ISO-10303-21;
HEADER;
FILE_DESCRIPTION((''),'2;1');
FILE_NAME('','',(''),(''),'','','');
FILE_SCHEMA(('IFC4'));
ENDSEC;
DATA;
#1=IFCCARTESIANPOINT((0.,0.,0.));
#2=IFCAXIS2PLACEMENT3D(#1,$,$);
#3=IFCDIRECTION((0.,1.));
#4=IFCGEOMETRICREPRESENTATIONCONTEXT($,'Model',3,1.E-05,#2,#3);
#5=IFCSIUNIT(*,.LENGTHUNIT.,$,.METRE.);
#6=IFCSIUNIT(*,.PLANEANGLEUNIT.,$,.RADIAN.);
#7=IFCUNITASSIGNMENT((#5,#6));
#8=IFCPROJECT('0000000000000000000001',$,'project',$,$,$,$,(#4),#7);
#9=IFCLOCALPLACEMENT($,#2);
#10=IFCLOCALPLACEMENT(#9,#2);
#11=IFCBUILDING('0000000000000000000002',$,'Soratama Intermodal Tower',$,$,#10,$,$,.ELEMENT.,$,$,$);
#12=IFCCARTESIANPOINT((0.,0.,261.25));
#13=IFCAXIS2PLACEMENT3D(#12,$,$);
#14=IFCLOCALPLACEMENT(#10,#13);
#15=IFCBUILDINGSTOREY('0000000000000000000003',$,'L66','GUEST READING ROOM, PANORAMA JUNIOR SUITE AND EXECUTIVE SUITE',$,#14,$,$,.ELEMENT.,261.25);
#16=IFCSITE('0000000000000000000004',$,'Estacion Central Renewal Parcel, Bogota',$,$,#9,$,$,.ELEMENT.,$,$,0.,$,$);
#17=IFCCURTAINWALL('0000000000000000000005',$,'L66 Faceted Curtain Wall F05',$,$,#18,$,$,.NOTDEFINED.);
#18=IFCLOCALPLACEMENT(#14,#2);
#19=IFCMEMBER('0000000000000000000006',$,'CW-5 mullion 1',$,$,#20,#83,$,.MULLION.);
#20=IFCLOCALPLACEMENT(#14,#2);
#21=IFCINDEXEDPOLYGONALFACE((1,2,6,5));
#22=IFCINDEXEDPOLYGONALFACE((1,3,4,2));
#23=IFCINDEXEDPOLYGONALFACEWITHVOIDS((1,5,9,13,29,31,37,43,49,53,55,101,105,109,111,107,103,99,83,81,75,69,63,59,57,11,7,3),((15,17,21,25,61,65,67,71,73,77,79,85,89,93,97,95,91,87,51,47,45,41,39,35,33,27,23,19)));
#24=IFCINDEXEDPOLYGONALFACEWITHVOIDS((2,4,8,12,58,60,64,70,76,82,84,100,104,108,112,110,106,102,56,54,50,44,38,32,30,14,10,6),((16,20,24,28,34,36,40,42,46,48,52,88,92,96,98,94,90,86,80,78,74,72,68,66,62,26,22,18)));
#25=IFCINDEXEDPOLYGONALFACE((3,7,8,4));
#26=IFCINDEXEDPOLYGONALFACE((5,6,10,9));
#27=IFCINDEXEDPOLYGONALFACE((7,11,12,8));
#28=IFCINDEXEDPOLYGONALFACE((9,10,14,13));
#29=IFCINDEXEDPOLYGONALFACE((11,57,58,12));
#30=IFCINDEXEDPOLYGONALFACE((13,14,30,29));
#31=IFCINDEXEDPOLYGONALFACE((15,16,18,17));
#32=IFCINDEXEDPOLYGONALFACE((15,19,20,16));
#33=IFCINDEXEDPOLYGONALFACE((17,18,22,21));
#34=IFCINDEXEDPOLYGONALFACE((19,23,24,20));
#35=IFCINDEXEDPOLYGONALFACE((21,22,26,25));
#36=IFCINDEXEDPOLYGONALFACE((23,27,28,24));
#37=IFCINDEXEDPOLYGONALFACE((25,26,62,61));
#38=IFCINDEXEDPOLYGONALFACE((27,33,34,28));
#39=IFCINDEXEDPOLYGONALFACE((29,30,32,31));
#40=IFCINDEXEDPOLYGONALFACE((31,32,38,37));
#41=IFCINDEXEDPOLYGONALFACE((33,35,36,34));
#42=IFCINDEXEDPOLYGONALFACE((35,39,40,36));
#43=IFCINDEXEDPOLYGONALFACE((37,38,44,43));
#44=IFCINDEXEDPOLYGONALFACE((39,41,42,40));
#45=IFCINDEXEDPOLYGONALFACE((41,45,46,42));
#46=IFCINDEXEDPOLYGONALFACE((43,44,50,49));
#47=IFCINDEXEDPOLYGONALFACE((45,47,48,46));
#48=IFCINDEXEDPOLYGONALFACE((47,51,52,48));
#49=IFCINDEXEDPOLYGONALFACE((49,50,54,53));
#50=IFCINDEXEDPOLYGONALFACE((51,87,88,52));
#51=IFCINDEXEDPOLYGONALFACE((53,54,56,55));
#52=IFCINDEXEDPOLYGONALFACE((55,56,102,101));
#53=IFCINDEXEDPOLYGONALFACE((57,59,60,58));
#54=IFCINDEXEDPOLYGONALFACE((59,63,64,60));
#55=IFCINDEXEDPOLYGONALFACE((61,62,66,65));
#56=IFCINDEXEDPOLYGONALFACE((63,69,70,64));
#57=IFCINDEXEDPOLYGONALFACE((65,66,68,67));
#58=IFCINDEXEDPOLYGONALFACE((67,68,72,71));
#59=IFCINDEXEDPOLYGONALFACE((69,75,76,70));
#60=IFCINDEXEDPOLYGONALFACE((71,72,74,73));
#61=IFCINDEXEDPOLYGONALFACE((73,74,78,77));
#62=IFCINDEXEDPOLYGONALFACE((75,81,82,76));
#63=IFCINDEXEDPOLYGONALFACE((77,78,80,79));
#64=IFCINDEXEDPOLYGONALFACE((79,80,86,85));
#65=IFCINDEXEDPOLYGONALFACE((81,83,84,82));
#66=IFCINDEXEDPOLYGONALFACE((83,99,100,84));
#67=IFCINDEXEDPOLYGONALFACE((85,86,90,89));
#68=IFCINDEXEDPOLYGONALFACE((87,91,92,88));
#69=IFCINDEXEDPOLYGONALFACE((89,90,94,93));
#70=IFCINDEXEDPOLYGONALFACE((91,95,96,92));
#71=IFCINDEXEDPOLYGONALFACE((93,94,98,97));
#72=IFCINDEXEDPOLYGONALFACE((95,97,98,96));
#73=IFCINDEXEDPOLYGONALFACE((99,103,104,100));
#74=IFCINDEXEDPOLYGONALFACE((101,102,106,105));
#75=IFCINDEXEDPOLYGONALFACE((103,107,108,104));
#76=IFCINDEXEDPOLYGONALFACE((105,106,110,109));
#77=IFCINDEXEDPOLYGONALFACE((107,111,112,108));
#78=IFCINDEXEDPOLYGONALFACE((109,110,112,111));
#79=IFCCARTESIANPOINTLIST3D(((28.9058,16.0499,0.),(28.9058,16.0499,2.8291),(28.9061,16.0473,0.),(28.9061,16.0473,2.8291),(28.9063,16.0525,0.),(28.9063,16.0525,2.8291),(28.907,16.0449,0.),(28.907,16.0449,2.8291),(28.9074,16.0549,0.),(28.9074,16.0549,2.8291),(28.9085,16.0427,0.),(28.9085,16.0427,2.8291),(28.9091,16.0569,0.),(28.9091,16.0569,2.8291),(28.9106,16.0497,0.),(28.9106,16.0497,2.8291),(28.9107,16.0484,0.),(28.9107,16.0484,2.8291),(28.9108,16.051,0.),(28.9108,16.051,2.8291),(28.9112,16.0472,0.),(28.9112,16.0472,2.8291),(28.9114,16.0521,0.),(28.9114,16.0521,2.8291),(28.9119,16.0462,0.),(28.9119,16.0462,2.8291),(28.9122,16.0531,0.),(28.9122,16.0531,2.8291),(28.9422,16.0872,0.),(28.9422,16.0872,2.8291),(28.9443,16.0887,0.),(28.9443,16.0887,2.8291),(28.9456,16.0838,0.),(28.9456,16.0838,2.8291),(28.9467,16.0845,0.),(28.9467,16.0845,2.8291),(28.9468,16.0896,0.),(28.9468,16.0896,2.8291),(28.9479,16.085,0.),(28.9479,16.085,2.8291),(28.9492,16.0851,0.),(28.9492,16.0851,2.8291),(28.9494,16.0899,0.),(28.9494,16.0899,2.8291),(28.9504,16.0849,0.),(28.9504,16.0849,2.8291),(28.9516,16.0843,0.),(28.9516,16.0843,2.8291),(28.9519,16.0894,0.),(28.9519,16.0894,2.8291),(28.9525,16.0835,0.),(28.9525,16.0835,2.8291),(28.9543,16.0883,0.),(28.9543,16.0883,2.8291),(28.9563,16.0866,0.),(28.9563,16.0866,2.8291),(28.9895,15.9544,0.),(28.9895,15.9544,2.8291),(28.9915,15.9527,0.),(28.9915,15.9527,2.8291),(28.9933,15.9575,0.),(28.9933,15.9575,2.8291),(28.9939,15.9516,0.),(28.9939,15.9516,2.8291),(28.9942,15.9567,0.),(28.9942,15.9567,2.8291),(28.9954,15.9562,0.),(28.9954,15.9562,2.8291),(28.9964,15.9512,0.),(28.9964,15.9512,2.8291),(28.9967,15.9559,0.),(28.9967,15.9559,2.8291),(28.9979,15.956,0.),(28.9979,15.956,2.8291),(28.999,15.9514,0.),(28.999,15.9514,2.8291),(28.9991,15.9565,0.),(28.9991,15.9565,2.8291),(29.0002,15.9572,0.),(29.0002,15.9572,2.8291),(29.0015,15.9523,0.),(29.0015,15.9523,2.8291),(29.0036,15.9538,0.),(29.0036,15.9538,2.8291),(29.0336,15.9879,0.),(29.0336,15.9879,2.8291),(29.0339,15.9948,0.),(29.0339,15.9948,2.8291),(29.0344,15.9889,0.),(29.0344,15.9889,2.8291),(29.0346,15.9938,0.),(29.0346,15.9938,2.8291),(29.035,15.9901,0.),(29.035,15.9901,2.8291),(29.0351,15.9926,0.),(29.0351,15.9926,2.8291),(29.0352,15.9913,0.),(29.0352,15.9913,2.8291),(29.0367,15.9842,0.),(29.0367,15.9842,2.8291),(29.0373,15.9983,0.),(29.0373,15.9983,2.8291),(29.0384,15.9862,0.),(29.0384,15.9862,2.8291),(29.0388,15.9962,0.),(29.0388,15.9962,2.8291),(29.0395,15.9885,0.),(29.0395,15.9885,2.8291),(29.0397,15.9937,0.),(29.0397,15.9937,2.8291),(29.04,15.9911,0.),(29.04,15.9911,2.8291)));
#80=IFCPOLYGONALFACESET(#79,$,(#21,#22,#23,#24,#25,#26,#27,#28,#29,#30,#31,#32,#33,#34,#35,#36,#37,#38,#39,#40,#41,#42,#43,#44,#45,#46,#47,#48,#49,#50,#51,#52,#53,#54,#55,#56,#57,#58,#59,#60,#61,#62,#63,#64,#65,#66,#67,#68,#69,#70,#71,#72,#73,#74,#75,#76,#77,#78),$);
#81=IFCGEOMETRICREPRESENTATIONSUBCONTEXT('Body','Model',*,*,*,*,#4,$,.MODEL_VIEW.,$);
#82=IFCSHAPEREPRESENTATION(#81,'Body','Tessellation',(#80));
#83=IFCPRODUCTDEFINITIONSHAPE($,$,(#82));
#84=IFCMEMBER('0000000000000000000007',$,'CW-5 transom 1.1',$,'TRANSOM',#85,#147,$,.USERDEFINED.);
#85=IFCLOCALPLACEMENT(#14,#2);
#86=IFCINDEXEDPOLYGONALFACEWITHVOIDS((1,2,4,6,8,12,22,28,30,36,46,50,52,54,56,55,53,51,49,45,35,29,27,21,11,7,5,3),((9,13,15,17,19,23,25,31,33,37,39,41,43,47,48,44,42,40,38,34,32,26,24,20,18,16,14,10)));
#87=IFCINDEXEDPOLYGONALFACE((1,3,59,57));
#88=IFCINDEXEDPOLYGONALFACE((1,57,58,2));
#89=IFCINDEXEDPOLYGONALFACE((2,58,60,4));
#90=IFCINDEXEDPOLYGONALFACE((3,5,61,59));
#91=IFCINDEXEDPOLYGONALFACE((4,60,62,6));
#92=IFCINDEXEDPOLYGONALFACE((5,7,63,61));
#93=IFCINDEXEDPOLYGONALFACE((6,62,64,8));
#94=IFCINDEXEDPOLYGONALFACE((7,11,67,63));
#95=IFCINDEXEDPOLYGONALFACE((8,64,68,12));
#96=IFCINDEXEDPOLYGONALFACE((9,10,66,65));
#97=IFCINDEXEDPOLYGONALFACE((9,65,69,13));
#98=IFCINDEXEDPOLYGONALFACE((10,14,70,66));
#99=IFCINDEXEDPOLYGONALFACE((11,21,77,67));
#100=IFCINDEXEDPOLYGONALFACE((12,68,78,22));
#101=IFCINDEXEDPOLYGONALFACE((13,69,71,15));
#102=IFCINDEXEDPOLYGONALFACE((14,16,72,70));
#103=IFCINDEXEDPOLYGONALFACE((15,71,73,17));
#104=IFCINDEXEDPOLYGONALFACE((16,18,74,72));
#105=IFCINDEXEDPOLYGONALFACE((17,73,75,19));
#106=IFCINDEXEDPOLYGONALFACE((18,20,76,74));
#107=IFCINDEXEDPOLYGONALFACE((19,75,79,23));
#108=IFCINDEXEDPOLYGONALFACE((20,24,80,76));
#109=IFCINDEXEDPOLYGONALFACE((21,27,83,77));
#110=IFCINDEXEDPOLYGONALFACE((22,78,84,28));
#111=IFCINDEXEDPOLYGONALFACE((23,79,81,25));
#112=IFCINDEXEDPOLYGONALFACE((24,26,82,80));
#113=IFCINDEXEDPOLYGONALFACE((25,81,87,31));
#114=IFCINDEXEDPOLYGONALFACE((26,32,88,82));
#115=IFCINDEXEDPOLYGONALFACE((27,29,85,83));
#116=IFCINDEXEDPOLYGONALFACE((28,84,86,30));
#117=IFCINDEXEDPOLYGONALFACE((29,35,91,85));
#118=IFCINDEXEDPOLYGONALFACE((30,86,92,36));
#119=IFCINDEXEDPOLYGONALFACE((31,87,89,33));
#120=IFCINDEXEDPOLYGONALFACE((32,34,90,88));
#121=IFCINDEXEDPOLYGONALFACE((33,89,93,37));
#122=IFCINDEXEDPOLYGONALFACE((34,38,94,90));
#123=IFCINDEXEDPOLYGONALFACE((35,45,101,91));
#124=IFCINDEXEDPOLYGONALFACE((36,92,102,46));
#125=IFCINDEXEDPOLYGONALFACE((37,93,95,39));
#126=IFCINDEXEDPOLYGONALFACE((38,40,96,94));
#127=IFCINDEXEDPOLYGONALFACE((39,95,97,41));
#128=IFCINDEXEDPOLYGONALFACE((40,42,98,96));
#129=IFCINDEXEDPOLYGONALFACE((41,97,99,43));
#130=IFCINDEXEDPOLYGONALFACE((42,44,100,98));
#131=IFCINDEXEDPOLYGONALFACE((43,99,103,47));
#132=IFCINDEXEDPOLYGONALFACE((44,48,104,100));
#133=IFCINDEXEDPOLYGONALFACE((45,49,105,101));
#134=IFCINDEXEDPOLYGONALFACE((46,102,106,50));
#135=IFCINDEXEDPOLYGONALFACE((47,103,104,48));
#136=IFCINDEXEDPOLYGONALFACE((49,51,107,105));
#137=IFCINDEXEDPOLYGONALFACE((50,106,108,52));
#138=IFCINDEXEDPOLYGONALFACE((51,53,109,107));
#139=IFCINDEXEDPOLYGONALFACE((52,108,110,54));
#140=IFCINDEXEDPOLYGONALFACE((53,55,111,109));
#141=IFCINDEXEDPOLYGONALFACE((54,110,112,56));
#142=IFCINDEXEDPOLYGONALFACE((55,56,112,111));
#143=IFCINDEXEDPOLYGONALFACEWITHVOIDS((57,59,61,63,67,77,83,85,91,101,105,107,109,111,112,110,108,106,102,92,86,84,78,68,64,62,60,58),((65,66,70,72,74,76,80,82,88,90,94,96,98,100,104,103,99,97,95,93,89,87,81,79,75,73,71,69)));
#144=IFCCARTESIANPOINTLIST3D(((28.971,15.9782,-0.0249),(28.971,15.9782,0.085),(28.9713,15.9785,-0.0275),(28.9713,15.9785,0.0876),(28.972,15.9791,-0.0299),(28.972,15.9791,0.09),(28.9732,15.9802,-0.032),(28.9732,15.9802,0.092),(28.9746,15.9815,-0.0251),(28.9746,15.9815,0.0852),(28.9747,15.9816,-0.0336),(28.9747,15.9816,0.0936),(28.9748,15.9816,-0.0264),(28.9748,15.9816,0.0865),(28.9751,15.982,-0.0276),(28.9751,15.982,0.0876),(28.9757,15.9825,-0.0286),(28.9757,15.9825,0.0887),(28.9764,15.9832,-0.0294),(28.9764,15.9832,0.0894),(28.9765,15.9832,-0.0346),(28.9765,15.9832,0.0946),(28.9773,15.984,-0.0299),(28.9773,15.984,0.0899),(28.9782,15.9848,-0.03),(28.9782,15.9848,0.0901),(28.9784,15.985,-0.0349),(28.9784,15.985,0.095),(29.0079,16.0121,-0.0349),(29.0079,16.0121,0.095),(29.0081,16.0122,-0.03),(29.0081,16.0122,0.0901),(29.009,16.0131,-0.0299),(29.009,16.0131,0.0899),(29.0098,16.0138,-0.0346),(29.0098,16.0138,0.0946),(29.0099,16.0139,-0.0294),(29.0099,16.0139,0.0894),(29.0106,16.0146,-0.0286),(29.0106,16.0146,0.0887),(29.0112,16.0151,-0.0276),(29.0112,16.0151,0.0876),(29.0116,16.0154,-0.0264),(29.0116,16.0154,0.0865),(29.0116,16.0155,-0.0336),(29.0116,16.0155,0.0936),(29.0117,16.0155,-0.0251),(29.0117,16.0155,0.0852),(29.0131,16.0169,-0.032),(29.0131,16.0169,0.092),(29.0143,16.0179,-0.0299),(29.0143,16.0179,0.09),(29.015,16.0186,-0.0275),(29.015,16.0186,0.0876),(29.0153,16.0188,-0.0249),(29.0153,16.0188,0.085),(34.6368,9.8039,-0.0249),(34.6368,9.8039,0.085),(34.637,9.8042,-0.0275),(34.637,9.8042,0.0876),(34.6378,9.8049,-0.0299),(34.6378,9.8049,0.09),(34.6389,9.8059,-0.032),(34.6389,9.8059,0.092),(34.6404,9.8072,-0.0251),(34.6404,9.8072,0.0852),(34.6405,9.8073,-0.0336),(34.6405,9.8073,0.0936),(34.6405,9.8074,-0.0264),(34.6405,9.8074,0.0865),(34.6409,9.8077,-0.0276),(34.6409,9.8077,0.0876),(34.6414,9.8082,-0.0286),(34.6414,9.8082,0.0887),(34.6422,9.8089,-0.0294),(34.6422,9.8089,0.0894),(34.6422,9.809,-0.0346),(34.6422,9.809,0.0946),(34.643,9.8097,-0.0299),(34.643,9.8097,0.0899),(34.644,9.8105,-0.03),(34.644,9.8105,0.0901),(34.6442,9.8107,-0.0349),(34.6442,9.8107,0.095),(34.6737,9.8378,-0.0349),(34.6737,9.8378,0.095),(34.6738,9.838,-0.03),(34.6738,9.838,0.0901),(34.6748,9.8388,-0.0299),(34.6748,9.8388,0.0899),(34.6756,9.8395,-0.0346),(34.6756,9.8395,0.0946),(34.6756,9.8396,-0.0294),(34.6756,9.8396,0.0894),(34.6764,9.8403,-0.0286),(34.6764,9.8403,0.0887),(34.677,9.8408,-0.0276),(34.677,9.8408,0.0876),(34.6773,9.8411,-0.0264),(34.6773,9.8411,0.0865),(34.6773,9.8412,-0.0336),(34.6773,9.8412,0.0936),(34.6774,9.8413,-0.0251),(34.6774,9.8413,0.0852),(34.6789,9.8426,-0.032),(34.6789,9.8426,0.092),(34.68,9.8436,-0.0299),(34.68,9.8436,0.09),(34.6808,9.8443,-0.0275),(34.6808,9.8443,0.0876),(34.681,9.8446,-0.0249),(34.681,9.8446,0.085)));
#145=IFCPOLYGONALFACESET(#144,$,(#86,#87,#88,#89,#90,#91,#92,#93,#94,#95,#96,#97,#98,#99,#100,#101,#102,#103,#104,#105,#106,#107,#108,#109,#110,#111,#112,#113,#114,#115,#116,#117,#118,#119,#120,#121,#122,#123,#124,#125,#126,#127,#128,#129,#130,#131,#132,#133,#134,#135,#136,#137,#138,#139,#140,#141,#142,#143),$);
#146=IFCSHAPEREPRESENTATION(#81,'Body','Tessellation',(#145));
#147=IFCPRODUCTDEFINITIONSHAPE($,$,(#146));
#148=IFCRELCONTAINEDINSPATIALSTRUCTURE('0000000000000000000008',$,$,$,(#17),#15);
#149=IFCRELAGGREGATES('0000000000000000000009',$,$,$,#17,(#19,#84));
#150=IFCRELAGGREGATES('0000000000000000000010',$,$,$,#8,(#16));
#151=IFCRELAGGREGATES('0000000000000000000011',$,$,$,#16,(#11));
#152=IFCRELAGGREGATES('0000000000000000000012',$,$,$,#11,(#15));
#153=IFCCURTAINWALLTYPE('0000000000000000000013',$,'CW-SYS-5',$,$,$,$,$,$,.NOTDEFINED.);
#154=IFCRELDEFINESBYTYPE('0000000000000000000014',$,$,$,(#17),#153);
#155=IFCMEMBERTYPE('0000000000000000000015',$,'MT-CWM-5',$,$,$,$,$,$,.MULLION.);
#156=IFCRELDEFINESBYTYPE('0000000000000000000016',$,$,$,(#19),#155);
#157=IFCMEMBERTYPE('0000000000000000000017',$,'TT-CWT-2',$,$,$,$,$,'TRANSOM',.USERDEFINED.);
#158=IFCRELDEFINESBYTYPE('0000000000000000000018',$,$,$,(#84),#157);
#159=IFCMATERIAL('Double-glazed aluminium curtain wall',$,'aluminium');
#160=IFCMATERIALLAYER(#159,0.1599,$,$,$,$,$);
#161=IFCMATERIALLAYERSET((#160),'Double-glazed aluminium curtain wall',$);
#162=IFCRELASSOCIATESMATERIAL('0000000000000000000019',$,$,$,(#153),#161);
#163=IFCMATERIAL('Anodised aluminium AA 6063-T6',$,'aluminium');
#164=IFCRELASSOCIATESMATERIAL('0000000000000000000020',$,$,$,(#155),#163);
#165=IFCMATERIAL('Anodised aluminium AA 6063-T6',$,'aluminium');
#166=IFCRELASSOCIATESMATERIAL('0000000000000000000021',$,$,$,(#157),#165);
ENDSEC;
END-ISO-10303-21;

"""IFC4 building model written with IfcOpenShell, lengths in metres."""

from ifc_helpers import new_model, si_unit, direction, frame, origin, origin_2d, place, context, subcontext, project, spatial, hollow_rectangle, extrude, material, layer, layer_set, material_profile, profile_set, type_object, element, aggregate, save


model = new_model("IFC4")

# Units and contexts
model_context = context("Model", 3, precision=1e-05, world=origin(), true_north=direction((0.0, 1.0)))
body_context = subcontext(model_context, "Body", "Model", "MODEL_VIEW")
ifc_project = project(units=[si_unit("LENGTHUNIT", "METRE"), si_unit("PLANEANGLEUNIT", "RADIAN")], contexts=[model_context])

# Site, building, storey
site_placement = place(None, origin())
site = spatial("IfcSite", under=ifc_project, at=site_placement, Name="Estacion Central Renewal Parcel, Bogota", CompositionType="ELEMENT", RefElevation=0.0)
building_placement = place(site_placement, origin())
building = spatial("IfcBuilding", under=site, at=building_placement, Name="Soratama Intermodal Tower", CompositionType="ELEMENT")
storey_placement = place(building_placement, frame((0.0, 0.0, 261.25)))
storey = spatial("IfcBuildingStorey", under=building, at=storey_placement, Name="L66", Description="GUEST READING ROOM, PANORAMA JUNIOR SUITE AND EXECUTIVE SUITE", CompositionType="ELEMENT", Elevation=261.25)

# Curtain wall, members
ifc_material_1 = material(Name="Double-glazed aluminium curtain wall", Category="aluminium")
ifc_layer_1 = layer(ifc_material_1, 0.1599)
ifc_layer_set_1 = layer_set([ifc_layer_1], Name="Double-glazed aluminium curtain wall")
curtain_wall_type = type_object("IfcCurtainWallType", Name="CW-SYS-5", PredefinedType="NOTDEFINED", material=ifc_layer_set_1)
curtain_wall_placement = place(storey_placement, origin())
curtain_wall = element("IfcCurtainWall", 1, at=curtain_wall_placement, inside=storey, type_object=curtain_wall_type, Name="L66 Faceted Curtain Wall F05", PredefinedType="NOTDEFINED")
ifc_material_2 = material(Name="Anodised aluminium AA 6063-T6", Category="aluminium")
ifc_material_profile_1 = material_profile(ifc_material_2, hollow_rectangle(XDim=0.0649, YDim=0.1399, WallThickness=0.0049, InnerFilletRadius=0.0049, OuterFilletRadius=0.01, at=origin_2d()), Name="CWM140X65X5")
ifc_profile_set_1 = profile_set([ifc_material_profile_1], Name="Anodised aluminium AA 6063-T6")
member_type_1 = type_object("IfcMemberType", Name="MT-CWM-5", PredefinedType="MULLION", material=ifc_profile_set_1)
member_1_placement = place(storey_placement, frame((28.9729, 16.0205, 0.0), z_axis=(0.0, 0.0, 1.0), x_axis=(0.736803, 0.676108, 0.0)))
member_1 = element("IfcMember", 2, at=member_1_placement, type_object=member_type_1, Name="CW-5 mullion 1", PredefinedType="MULLION", context=body_context, shape_type="SweptSolid", body=[
    extrude(hollow_rectangle(XDim=0.0649, YDim=0.1399, WallThickness=0.0049, InnerFilletRadius=0.0049, OuterFilletRadius=0.01, at=origin_2d()), origin(), (0.0, 0.0, 1.0), 2.8291),
])
ifc_material_3 = material(Name="Anodised aluminium AA 6063-T6", Category="aluminium")
ifc_material_profile_2 = material_profile(ifc_material_3, hollow_rectangle(XDim=0.0601, YDim=0.1299, WallThickness=0.0049, InnerFilletRadius=0.0049, OuterFilletRadius=0.01, at=origin_2d()), Name="CWT130X60X5")
ifc_profile_set_2 = profile_set([ifc_material_profile_2], Name="Anodised aluminium AA 6063-T6")
member_type_2 = type_object("IfcMemberType", Name="TT-CWT-2", ElementType="TRANSOM", PredefinedType="USERDEFINED", material=ifc_profile_set_2)
member_2_placement = place(storey_placement, frame((28.9932, 15.9985, 0.03), z_axis=(0.676112, -0.736798, 0.0), x_axis=(0.736798, 0.676112, 0.0)))
member_2 = element("IfcMember", 3, at=member_2_placement, type_object=member_type_2, Name="CW-5 transom 1.1", ObjectType="TRANSOM", PredefinedType="USERDEFINED", context=body_context, shape_type="SweptSolid", body=[
    extrude(hollow_rectangle(XDim=0.0601, YDim=0.1299, WallThickness=0.0049, InnerFilletRadius=0.0049, OuterFilletRadius=0.01, at=origin_2d()), origin(), (0.0, 0.0, 1.0), 8.3799),
])
aggregate(curtain_wall, [member_1, member_2])

save(model, "model.ifc")
